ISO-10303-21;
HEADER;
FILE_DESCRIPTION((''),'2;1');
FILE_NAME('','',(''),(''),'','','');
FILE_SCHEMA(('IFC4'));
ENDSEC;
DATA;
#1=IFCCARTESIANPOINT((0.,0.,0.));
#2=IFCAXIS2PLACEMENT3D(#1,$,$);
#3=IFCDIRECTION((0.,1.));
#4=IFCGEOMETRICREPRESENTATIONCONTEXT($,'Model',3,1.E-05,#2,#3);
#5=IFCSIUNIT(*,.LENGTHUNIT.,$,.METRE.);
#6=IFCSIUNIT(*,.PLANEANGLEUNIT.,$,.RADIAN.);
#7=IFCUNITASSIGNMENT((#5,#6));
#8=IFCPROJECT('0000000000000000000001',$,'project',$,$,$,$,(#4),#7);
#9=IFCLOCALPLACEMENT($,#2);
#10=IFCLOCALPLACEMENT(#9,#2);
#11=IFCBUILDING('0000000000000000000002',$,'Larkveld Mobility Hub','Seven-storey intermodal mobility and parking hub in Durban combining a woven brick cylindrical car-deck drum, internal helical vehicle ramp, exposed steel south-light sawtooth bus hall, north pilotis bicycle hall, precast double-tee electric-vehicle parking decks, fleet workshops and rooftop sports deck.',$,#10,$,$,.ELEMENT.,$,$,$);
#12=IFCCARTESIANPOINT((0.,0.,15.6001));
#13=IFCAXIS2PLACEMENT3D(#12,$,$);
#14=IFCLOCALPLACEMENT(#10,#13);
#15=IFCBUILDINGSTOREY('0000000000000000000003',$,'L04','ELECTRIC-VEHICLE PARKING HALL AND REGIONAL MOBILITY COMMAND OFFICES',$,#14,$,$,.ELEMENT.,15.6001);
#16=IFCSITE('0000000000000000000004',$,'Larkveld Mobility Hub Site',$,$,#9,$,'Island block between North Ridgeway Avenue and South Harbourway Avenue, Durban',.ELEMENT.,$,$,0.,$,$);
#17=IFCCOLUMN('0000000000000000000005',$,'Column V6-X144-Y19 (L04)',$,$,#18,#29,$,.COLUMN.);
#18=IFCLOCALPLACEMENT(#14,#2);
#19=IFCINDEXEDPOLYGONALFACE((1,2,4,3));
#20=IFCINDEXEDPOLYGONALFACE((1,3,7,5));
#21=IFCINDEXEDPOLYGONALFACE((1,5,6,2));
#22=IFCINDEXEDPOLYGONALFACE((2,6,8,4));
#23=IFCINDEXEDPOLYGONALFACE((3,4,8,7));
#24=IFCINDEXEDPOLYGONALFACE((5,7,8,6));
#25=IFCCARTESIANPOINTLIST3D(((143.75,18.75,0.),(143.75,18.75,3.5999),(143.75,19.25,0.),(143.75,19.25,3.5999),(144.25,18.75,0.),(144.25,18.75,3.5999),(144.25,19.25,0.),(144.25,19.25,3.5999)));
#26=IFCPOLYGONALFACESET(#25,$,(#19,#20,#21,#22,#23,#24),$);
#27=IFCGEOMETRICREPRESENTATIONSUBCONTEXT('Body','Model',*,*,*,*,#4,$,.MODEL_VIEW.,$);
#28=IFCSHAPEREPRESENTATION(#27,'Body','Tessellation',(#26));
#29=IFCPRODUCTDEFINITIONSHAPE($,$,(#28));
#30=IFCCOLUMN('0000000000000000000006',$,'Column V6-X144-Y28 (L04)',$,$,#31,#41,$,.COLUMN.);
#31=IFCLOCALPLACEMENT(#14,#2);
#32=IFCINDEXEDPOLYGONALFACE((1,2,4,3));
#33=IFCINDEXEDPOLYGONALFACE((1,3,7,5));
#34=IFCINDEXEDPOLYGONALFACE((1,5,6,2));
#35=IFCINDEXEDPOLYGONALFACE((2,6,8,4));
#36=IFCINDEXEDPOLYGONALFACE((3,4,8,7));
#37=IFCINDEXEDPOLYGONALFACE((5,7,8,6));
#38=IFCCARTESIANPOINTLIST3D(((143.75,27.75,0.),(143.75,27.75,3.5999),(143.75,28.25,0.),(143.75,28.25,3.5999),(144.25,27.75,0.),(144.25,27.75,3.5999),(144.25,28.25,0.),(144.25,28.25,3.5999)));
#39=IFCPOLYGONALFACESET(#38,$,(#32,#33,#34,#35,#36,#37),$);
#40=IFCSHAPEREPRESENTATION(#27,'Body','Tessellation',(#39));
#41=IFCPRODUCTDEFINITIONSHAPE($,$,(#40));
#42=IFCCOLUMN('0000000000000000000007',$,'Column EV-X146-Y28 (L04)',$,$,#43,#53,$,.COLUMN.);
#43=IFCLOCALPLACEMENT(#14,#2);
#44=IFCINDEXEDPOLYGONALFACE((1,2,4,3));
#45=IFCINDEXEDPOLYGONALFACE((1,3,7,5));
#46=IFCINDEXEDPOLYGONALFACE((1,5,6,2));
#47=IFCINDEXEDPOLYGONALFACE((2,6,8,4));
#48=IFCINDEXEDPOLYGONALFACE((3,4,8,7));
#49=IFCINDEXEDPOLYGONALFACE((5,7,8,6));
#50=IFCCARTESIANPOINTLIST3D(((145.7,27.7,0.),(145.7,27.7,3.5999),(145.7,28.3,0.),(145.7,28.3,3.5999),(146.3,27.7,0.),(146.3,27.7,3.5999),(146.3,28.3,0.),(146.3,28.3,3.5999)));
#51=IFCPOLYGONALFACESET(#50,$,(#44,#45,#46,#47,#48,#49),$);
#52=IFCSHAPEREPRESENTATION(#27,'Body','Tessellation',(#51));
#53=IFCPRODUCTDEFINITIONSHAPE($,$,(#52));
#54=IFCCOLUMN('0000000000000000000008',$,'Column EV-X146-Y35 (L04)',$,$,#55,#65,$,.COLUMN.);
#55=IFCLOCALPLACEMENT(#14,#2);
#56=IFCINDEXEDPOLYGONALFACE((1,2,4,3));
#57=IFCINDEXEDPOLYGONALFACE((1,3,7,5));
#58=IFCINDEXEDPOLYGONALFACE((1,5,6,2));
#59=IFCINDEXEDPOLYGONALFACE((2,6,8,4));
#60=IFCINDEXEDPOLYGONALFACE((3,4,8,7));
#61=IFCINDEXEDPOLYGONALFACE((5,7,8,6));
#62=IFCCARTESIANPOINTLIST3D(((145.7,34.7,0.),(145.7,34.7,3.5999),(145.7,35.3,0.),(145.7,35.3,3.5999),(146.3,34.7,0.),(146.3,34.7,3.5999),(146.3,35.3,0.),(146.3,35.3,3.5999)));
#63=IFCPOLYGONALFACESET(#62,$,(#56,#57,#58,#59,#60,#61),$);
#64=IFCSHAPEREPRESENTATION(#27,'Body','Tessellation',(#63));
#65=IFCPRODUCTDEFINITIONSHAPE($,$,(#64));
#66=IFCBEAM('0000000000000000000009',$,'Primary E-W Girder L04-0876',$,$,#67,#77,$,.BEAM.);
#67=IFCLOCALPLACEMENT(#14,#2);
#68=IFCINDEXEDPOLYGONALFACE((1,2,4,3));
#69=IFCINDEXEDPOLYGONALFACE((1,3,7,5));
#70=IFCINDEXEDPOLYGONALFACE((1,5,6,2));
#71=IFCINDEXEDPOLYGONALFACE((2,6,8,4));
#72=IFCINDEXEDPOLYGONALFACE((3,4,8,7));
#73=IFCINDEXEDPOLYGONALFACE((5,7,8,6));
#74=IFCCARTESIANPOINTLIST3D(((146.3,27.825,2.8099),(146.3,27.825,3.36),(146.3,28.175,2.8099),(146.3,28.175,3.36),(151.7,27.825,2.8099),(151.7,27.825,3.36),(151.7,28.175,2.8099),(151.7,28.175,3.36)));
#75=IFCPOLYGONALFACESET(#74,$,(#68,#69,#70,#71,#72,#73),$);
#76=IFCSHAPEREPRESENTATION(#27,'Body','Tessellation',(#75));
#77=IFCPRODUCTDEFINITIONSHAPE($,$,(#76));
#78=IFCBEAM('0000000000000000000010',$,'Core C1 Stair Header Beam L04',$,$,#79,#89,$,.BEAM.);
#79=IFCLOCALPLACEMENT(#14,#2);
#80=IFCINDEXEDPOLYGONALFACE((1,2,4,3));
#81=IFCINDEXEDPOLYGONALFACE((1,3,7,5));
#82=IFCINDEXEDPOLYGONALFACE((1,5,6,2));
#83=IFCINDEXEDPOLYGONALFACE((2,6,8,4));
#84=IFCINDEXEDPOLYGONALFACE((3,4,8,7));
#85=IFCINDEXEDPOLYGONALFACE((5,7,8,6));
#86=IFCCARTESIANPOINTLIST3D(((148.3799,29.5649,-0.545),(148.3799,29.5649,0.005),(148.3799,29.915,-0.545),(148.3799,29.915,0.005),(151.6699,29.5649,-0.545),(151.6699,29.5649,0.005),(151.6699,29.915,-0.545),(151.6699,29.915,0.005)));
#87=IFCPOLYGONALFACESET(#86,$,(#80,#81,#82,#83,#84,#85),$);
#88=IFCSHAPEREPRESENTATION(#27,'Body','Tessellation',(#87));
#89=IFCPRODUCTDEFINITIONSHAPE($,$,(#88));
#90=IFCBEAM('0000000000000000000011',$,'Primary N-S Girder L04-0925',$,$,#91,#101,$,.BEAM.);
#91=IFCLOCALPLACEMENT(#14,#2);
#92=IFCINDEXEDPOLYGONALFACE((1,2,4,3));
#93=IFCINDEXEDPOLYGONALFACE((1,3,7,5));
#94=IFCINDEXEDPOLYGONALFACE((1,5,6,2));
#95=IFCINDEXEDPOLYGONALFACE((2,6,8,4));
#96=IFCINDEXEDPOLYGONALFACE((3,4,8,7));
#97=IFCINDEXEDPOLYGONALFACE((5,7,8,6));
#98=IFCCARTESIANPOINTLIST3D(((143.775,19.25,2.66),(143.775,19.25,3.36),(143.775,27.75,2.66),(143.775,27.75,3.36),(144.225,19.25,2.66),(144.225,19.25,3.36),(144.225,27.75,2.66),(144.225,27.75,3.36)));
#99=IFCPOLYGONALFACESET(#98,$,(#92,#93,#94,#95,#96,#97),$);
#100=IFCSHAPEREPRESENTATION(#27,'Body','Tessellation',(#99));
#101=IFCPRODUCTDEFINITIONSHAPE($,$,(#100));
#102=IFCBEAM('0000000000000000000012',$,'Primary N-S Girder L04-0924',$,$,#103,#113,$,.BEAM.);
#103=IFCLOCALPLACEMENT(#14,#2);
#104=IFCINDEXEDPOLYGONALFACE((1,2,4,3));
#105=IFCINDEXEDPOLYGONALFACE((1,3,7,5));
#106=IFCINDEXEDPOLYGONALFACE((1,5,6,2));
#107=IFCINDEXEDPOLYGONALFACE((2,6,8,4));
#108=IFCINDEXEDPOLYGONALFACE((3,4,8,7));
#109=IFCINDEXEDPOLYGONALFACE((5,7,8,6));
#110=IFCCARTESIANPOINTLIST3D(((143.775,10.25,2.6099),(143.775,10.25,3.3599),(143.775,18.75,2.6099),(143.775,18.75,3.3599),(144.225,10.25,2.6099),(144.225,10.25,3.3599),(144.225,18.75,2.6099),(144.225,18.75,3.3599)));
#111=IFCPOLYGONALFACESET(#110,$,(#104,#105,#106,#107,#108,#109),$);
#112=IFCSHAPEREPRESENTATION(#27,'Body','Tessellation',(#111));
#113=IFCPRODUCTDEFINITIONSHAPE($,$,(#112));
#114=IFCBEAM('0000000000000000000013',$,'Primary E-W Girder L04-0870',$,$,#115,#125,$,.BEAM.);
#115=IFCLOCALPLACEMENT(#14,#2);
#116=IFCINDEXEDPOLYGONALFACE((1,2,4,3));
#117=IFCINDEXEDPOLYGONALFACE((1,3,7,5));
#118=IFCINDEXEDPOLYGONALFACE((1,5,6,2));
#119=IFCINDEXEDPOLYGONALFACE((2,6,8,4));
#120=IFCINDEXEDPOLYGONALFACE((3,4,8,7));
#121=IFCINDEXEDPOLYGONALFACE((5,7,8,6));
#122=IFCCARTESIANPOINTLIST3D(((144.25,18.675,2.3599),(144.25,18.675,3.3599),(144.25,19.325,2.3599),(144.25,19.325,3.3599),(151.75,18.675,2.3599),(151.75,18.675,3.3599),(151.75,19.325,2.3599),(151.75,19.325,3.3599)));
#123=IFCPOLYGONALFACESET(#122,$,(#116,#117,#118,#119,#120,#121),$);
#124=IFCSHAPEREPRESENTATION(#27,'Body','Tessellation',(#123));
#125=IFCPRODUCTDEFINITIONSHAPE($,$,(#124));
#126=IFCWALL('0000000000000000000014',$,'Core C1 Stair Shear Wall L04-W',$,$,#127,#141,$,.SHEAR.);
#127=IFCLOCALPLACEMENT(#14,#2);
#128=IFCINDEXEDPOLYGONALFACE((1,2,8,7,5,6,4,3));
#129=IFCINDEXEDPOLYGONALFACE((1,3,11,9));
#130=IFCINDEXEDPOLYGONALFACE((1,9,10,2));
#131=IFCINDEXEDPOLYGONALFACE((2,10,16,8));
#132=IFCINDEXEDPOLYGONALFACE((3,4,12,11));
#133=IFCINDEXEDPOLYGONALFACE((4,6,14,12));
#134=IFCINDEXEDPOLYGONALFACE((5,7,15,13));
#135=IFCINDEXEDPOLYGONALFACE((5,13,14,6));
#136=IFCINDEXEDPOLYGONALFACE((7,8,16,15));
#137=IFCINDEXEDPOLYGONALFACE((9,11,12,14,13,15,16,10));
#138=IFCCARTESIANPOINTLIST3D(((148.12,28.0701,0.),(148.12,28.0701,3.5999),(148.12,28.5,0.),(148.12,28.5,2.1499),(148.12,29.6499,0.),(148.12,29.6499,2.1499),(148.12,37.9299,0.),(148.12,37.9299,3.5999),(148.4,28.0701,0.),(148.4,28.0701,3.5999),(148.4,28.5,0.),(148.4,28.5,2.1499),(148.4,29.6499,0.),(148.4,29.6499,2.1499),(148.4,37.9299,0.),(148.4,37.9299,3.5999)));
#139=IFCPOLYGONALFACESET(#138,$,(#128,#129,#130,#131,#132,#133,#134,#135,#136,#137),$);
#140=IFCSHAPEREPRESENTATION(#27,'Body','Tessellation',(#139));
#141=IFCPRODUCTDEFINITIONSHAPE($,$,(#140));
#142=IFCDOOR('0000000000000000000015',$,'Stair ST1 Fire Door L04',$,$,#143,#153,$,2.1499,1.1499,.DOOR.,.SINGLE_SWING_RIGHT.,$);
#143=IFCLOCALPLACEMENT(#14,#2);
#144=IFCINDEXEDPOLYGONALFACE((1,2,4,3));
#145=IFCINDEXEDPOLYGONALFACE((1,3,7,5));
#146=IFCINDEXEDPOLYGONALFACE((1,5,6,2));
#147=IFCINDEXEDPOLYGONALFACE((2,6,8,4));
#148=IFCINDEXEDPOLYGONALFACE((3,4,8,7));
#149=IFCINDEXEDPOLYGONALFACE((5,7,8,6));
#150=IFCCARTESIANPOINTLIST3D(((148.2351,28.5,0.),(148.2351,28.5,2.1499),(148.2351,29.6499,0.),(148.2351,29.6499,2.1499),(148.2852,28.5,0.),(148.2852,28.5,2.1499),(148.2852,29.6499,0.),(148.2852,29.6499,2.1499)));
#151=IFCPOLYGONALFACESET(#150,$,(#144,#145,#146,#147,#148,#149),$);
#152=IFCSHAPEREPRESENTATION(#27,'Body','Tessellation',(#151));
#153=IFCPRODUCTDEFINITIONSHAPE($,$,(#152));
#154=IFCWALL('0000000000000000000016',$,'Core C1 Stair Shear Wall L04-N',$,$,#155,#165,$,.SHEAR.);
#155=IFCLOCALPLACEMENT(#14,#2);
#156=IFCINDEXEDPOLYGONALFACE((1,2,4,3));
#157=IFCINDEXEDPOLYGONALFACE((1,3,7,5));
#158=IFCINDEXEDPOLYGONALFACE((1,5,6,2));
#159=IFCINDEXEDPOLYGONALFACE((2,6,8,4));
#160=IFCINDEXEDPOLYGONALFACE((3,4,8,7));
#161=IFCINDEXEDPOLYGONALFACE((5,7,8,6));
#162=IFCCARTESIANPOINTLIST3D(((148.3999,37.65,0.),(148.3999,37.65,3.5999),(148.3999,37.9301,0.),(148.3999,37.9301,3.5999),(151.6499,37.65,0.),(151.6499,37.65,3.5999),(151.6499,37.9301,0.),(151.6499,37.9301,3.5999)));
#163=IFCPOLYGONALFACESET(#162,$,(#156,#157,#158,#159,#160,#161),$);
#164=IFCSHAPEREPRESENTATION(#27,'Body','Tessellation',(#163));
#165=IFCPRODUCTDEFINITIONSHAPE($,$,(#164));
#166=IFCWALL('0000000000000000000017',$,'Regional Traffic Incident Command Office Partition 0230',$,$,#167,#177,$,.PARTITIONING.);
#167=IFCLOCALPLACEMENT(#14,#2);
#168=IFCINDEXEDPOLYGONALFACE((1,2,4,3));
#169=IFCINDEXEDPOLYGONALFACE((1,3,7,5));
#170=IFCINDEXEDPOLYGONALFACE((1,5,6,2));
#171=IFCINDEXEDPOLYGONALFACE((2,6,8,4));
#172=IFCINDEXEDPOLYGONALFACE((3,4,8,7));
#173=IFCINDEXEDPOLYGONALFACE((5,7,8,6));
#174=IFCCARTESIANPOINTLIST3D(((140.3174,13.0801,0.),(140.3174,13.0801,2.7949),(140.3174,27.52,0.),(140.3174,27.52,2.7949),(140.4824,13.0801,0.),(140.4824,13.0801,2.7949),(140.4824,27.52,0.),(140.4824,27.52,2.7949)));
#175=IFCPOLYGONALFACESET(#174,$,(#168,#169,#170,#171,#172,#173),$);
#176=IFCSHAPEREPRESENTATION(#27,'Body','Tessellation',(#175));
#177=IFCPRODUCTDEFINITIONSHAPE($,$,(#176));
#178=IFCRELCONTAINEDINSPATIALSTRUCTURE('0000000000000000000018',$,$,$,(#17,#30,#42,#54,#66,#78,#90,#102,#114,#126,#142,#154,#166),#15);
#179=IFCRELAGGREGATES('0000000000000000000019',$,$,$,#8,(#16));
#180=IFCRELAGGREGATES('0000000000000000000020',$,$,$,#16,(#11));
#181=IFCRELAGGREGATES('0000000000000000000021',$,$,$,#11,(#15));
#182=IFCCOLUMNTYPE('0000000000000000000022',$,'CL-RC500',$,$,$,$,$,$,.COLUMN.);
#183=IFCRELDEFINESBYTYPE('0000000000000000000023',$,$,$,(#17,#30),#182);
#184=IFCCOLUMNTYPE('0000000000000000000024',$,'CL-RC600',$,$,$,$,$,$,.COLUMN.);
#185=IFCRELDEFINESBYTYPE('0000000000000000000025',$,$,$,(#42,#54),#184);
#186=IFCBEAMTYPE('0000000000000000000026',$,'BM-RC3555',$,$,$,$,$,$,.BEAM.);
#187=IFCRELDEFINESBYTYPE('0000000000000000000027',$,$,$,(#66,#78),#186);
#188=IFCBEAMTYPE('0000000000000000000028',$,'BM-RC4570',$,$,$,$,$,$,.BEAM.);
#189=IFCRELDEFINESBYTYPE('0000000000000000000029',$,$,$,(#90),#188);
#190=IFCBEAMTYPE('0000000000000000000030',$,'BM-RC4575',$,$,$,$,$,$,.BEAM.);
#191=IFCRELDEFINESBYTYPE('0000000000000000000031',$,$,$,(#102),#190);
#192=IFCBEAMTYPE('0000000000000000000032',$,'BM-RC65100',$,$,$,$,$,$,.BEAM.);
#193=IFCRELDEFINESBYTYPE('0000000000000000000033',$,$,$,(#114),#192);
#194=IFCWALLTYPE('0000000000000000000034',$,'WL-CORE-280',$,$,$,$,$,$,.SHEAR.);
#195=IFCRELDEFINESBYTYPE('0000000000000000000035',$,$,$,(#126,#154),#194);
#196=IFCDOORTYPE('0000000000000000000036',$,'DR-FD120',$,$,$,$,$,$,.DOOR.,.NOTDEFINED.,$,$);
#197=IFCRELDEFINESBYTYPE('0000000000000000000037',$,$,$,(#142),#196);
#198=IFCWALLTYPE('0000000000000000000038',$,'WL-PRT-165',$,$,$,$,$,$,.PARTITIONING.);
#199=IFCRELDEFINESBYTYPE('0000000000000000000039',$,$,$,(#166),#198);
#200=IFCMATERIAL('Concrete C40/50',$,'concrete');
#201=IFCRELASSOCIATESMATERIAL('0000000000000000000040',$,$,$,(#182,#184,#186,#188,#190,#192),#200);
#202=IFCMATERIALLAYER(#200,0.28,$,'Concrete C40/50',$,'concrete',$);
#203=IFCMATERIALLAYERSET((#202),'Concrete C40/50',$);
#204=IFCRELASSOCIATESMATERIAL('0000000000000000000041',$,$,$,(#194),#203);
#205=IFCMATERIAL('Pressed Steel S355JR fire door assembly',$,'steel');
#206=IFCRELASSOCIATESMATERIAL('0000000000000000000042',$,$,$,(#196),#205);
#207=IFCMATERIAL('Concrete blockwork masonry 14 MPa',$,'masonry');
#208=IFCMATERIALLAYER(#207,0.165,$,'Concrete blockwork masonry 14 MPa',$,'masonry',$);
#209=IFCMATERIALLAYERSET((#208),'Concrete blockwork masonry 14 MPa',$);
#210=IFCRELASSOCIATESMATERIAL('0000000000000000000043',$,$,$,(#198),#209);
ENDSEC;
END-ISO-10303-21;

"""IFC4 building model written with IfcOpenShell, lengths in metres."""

from ifc_helpers import new_model, si_unit, direction, frame, frame_2d, origin, origin_2d, place, context, subcontext, project, spatial, rectangle, extrude, material, layer, layer_set, material_profile, profile_set, type_object, element, fill, save


model = new_model("IFC4")

# Units and contexts
model_context = context("Model", 3, precision=1e-05, world=origin(), true_north=direction((0.0, 1.0)))
body_context = subcontext(model_context, "Body", "Model", "MODEL_VIEW")
ifc_project = project(units=[si_unit("LENGTHUNIT", "METRE"), si_unit("PLANEANGLEUNIT", "RADIAN")], contexts=[model_context])

# Site, building, storey
site_placement = place(None, origin())
site = spatial("IfcSite", under=ifc_project, at=site_placement, Name="Larkveld Mobility Hub Site", LongName="Island block between North Ridgeway Avenue and South Harbourway Avenue, Durban", CompositionType="ELEMENT", RefElevation=0.0)
building_placement = place(site_placement, origin())
building = spatial("IfcBuilding", under=site, at=building_placement, Name="Larkveld Mobility Hub", Description="Seven-storey intermodal mobility and parking hub in Durban combining a woven brick cylindrical car-deck drum, internal helical vehicle ramp, exposed steel south-light sawtooth bus hall, north pilotis bicycle hall, precast double-tee electric-vehicle parking decks, fleet workshops and rooftop sports deck.", CompositionType="ELEMENT")
storey_placement = place(building_placement, frame((0.0, 0.0, 15.6001)))
storey = spatial("IfcBuildingStorey", under=building, at=storey_placement, Name="L04", Description="ELECTRIC-VEHICLE PARKING HALL AND REGIONAL MOBILITY COMMAND OFFICES", CompositionType="ELEMENT", Elevation=15.6001)

# Columns
ifc_material_1 = material(Name="Concrete C40/50", Category="concrete")
ifc_material_profile_1 = material_profile(ifc_material_1, rectangle(XDim=0.5, YDim=0.5, at=origin_2d()), Name="RC COL 500x500")
ifc_profile_set_1 = profile_set([ifc_material_profile_1], Name="Concrete C40/50")
column_type_1 = type_object("IfcColumnType", Name="CL-RC500", PredefinedType="COLUMN", material=ifc_profile_set_1)
for number, where, z_axis, x_axis, name in (
    (1, (144.0, 19.0, 0.0), (0.0, 0.0, 1.0), (1.0, 0.0, 0.0), "Column V6-X144-Y19 (L04)"),
    (2, (144.0, 28.0, 0.0), (0.0, 0.0, 1.0), (1.0, 0.0, 0.0), "Column V6-X144-Y28 (L04)"),
):
    element("IfcColumn", number, at=place(storey_placement, frame(where, z_axis=z_axis, x_axis=x_axis)), inside=storey, type_object=column_type_1, Name=name, PredefinedType="COLUMN", context=body_context, shape_type="SweptSolid", body=[
        extrude(rectangle(XDim=0.5, YDim=0.5, at=origin_2d()), origin(), (0.0, 0.0, 1.0), 3.5999),
    ])
ifc_material_profile_2 = material_profile(ifc_material_1, rectangle(XDim=0.6001, YDim=0.6001, at=origin_2d()), Name="RC COL 600x600")
ifc_profile_set_2 = profile_set([ifc_material_profile_2], Name="Concrete C40/50")
column_type_2 = type_object("IfcColumnType", Name="CL-RC600", PredefinedType="COLUMN", material=ifc_profile_set_2)
for number, where, z_axis, x_axis, name in (
    (3, (146.0, 28.0, 0.0), (0.0, 0.0, 1.0), (1.0, 0.0, 0.0), "Column EV-X146-Y28 (L04)"),
    (4, (146.0, 35.0, 0.0), (0.0, 0.0, 1.0), (1.0, 0.0, 0.0), "Column EV-X146-Y35 (L04)"),
):
    element("IfcColumn", number, at=place(storey_placement, frame(where, z_axis=z_axis, x_axis=x_axis)), inside=storey, type_object=column_type_2, Name=name, PredefinedType="COLUMN", context=body_context, shape_type="SweptSolid", body=[
        extrude(rectangle(XDim=0.6001, YDim=0.6001, at=origin_2d()), origin(), (0.0, 0.0, 1.0), 3.5999),
    ])

# Beams
ifc_material_profile_3 = material_profile(ifc_material_1, rectangle(XDim=0.3501, YDim=0.55, at=origin_2d()), Name="RC BM 350x550")
ifc_profile_set_3 = profile_set([ifc_material_profile_3], Name="Concrete C40/50")
beam_type_1 = type_object("IfcBeamType", Name="BM-RC3555", PredefinedType="BEAM", material=ifc_profile_set_3)
beam_1_placement = place(storey_placement, frame((146.3, 28.0, 3.085), z_axis=(1.0, 0.0, 0.0), x_axis=(0.0, 1.0, 0.0)))
element("IfcBeam", 5, at=beam_1_placement, inside=storey, type_object=beam_type_1, Name="Primary E-W Girder L04-0876", PredefinedType="BEAM", context=body_context, shape_type="SweptSolid", body=[
    extrude(rectangle(XDim=0.3501, YDim=0.55, at=origin_2d()), origin(), (0.0, 0.0, 1.0), 5.3999),
])
beam_2_placement = place(storey_placement, frame((148.3799, 29.74, -0.27), z_axis=(1.0, 0.0, 0.0), x_axis=(0.0, 1.0, 0.0)))
element("IfcBeam", 6, at=beam_2_placement, inside=storey, type_object=beam_type_1, Name="Core C1 Stair Header Beam L04", PredefinedType="BEAM", context=body_context, shape_type="SweptSolid", body=[
    extrude(rectangle(XDim=0.3501, YDim=0.55, at=origin_2d()), origin(), (0.0, 0.0, 1.0), 3.29),
])
ifc_material_profile_4 = material_profile(ifc_material_1, rectangle(XDim=0.45, YDim=0.7, at=origin_2d()), Name="RC BM 450x700")
ifc_profile_set_4 = profile_set([ifc_material_profile_4], Name="Concrete C40/50")
beam_type_2 = type_object("IfcBeamType", Name="BM-RC4570", PredefinedType="BEAM", material=ifc_profile_set_4)
beam_3_placement = place(storey_placement, frame((144.0, 19.25, 3.01), z_axis=(0.0, 1.0, 0.0), x_axis=(-1.0, 0.0, 0.0)))
element("IfcBeam", 7, at=beam_3_placement, inside=storey, type_object=beam_type_2, Name="Primary N-S Girder L04-0925", PredefinedType="BEAM", context=body_context, shape_type="SweptSolid", body=[
    extrude(rectangle(XDim=0.45, YDim=0.7, at=origin_2d()), origin(), (0.0, 0.0, 1.0), 8.5),
])
ifc_material_profile_5 = material_profile(ifc_material_1, rectangle(XDim=0.45, YDim=0.75, at=origin_2d()), Name="RC BM 450x750")
ifc_profile_set_5 = profile_set([ifc_material_profile_5], Name="Concrete C40/50")
beam_type_3 = type_object("IfcBeamType", Name="BM-RC4575", PredefinedType="BEAM", material=ifc_profile_set_5)
beam_4_placement = place(storey_placement, frame((144.0, 10.25, 2.9849), z_axis=(0.0, 1.0, 0.0), x_axis=(-1.0, 0.0, 0.0)))
element("IfcBeam", 8, at=beam_4_placement, inside=storey, type_object=beam_type_3, Name="Primary N-S Girder L04-0924", PredefinedType="BEAM", context=body_context, shape_type="SweptSolid", body=[
    extrude(rectangle(XDim=0.45, YDim=0.75, at=origin_2d()), origin(), (0.0, 0.0, 1.0), 8.5),
])
ifc_material_profile_6 = material_profile(ifc_material_1, rectangle(XDim=0.6499, YDim=1.0, at=origin_2d()), Name="RC BM 650x1000")
ifc_profile_set_6 = profile_set([ifc_material_profile_6], Name="Concrete C40/50")
beam_type_4 = type_object("IfcBeamType", Name="BM-RC65100", PredefinedType="BEAM", material=ifc_profile_set_6)
beam_5_placement = place(storey_placement, frame((144.25, 19.0, 2.8599), z_axis=(1.0, 0.0, 0.0), x_axis=(0.0, 1.0, 0.0)))
element("IfcBeam", 9, at=beam_5_placement, inside=storey, type_object=beam_type_4, Name="Primary E-W Girder L04-0870", PredefinedType="BEAM", context=body_context, shape_type="SweptSolid", body=[
    extrude(rectangle(XDim=0.6499, YDim=1.0, at=origin_2d()), origin(), (0.0, 0.0, 1.0), 7.5),
])

# Wall, opening, door
ifc_layer_1 = layer(ifc_material_1, 0.28, Name="Concrete C40/50", Category="concrete")
ifc_layer_set_1 = layer_set([ifc_layer_1], Name="Concrete C40/50")
wall_type_1 = type_object("IfcWallType", Name="WL-CORE-280", PredefinedType="SHEAR", material=ifc_layer_set_1)
wall_1_placement = place(storey_placement, frame((148.26, 28.0701, 0.0), z_axis=(0.0, 0.0, 1.0), x_axis=(0.0, 1.0, 0.0)))
wall_1 = element("IfcWall", 10, at=wall_1_placement, inside=storey, type_object=wall_type_1, Name="Core C1 Stair Shear Wall L04-W", PredefinedType="SHEAR", context=body_context, shape_type="SweptSolid", body=[
    extrude(rectangle(XDim=9.8599, YDim=0.28, at=frame_2d((4.9299, 0.0))), origin(), (0.0, 0.0, 1.0), 3.5999),
])
opening_1_placement = place(wall_1_placement, frame((0.4299, 0.0, 0.0)))
opening_1 = element("IfcOpeningElement", 11, at=opening_1_placement, cuts=wall_1, PredefinedType="OPENING", context=body_context, shape_type="SweptSolid", body=[
    extrude(rectangle(XDim=1.1499, YDim=2.1499, at=frame_2d((0.575, 1.075))), frame((0.0, 0.1499, 0.0), z_axis=(0.0, -1.0, 0.0), x_axis=(1.0, 0.0, 0.0)), (0.0, 0.0, 1.0), 0.3),
])
ifc_material_2 = material(Name="Pressed Steel S355JR fire door assembly", Category="steel")
door_type_1 = type_object("IfcDoorType", Name="DR-FD120", OperationType="NOTDEFINED", PredefinedType="DOOR", material=ifc_material_2)
door_1_placement = place(opening_1_placement, origin())
door_1 = element("IfcDoor", 12, at=door_1_placement, inside=storey, type_object=door_type_1, Name="Stair ST1 Fire Door L04", OperationType="SINGLE_SWING_RIGHT", OverallHeight=2.1499, OverallWidth=1.1499, PredefinedType="DOOR", context=body_context, shape_type="SweptSolid", body=[
    extrude(rectangle(XDim=1.1499, YDim=2.1499, at=frame_2d((0.575, 1.075))), frame((0.0, 0.0249, 0.0), z_axis=(0.0, -1.0, 0.0), x_axis=(1.0, 0.0, 0.0)), (0.0, 0.0, 1.0), 0.05),
])
fill(opening_1, door_1)

# Walls
wall_2_placement = place(storey_placement, frame((148.3999, 37.79, 0.0), z_axis=(0.0, 0.0, 1.0), x_axis=(1.0, 0.0, 0.0)))
element("IfcWall", 13, at=wall_2_placement, inside=storey, type_object=wall_type_1, Name="Core C1 Stair Shear Wall L04-N", PredefinedType="SHEAR", context=body_context, shape_type="SweptSolid", body=[
    extrude(rectangle(XDim=3.25, YDim=0.28, at=frame_2d((1.625, 0.0))), origin(), (0.0, 0.0, 1.0), 3.5999),
])
ifc_material_3 = material(Name="Concrete blockwork masonry 14 MPa", Category="masonry")
ifc_layer_2 = layer(ifc_material_3, 0.165, Name="Concrete blockwork masonry 14 MPa", Category="masonry")
ifc_layer_set_2 = layer_set([ifc_layer_2], Name="Concrete blockwork masonry 14 MPa")
wall_type_2 = type_object("IfcWallType", Name="WL-PRT-165", PredefinedType="PARTITIONING", material=ifc_layer_set_2)
wall_3_placement = place(storey_placement, frame((140.3999, 13.0801, 0.0), z_axis=(0.0, 0.0, 1.0), x_axis=(0.0, 1.0, 0.0)))
element("IfcWall", 14, at=wall_3_placement, inside=storey, type_object=wall_type_2, Name="Regional Traffic Incident Command Office Partition 0230", PredefinedType="PARTITIONING", context=body_context, shape_type="SweptSolid", body=[
    extrude(rectangle(XDim=14.4399, YDim=0.165, at=frame_2d((7.22, 0.0))), origin(), (0.0, 0.0, 1.0), 2.7949),
])

save(model, "model.ifc")
